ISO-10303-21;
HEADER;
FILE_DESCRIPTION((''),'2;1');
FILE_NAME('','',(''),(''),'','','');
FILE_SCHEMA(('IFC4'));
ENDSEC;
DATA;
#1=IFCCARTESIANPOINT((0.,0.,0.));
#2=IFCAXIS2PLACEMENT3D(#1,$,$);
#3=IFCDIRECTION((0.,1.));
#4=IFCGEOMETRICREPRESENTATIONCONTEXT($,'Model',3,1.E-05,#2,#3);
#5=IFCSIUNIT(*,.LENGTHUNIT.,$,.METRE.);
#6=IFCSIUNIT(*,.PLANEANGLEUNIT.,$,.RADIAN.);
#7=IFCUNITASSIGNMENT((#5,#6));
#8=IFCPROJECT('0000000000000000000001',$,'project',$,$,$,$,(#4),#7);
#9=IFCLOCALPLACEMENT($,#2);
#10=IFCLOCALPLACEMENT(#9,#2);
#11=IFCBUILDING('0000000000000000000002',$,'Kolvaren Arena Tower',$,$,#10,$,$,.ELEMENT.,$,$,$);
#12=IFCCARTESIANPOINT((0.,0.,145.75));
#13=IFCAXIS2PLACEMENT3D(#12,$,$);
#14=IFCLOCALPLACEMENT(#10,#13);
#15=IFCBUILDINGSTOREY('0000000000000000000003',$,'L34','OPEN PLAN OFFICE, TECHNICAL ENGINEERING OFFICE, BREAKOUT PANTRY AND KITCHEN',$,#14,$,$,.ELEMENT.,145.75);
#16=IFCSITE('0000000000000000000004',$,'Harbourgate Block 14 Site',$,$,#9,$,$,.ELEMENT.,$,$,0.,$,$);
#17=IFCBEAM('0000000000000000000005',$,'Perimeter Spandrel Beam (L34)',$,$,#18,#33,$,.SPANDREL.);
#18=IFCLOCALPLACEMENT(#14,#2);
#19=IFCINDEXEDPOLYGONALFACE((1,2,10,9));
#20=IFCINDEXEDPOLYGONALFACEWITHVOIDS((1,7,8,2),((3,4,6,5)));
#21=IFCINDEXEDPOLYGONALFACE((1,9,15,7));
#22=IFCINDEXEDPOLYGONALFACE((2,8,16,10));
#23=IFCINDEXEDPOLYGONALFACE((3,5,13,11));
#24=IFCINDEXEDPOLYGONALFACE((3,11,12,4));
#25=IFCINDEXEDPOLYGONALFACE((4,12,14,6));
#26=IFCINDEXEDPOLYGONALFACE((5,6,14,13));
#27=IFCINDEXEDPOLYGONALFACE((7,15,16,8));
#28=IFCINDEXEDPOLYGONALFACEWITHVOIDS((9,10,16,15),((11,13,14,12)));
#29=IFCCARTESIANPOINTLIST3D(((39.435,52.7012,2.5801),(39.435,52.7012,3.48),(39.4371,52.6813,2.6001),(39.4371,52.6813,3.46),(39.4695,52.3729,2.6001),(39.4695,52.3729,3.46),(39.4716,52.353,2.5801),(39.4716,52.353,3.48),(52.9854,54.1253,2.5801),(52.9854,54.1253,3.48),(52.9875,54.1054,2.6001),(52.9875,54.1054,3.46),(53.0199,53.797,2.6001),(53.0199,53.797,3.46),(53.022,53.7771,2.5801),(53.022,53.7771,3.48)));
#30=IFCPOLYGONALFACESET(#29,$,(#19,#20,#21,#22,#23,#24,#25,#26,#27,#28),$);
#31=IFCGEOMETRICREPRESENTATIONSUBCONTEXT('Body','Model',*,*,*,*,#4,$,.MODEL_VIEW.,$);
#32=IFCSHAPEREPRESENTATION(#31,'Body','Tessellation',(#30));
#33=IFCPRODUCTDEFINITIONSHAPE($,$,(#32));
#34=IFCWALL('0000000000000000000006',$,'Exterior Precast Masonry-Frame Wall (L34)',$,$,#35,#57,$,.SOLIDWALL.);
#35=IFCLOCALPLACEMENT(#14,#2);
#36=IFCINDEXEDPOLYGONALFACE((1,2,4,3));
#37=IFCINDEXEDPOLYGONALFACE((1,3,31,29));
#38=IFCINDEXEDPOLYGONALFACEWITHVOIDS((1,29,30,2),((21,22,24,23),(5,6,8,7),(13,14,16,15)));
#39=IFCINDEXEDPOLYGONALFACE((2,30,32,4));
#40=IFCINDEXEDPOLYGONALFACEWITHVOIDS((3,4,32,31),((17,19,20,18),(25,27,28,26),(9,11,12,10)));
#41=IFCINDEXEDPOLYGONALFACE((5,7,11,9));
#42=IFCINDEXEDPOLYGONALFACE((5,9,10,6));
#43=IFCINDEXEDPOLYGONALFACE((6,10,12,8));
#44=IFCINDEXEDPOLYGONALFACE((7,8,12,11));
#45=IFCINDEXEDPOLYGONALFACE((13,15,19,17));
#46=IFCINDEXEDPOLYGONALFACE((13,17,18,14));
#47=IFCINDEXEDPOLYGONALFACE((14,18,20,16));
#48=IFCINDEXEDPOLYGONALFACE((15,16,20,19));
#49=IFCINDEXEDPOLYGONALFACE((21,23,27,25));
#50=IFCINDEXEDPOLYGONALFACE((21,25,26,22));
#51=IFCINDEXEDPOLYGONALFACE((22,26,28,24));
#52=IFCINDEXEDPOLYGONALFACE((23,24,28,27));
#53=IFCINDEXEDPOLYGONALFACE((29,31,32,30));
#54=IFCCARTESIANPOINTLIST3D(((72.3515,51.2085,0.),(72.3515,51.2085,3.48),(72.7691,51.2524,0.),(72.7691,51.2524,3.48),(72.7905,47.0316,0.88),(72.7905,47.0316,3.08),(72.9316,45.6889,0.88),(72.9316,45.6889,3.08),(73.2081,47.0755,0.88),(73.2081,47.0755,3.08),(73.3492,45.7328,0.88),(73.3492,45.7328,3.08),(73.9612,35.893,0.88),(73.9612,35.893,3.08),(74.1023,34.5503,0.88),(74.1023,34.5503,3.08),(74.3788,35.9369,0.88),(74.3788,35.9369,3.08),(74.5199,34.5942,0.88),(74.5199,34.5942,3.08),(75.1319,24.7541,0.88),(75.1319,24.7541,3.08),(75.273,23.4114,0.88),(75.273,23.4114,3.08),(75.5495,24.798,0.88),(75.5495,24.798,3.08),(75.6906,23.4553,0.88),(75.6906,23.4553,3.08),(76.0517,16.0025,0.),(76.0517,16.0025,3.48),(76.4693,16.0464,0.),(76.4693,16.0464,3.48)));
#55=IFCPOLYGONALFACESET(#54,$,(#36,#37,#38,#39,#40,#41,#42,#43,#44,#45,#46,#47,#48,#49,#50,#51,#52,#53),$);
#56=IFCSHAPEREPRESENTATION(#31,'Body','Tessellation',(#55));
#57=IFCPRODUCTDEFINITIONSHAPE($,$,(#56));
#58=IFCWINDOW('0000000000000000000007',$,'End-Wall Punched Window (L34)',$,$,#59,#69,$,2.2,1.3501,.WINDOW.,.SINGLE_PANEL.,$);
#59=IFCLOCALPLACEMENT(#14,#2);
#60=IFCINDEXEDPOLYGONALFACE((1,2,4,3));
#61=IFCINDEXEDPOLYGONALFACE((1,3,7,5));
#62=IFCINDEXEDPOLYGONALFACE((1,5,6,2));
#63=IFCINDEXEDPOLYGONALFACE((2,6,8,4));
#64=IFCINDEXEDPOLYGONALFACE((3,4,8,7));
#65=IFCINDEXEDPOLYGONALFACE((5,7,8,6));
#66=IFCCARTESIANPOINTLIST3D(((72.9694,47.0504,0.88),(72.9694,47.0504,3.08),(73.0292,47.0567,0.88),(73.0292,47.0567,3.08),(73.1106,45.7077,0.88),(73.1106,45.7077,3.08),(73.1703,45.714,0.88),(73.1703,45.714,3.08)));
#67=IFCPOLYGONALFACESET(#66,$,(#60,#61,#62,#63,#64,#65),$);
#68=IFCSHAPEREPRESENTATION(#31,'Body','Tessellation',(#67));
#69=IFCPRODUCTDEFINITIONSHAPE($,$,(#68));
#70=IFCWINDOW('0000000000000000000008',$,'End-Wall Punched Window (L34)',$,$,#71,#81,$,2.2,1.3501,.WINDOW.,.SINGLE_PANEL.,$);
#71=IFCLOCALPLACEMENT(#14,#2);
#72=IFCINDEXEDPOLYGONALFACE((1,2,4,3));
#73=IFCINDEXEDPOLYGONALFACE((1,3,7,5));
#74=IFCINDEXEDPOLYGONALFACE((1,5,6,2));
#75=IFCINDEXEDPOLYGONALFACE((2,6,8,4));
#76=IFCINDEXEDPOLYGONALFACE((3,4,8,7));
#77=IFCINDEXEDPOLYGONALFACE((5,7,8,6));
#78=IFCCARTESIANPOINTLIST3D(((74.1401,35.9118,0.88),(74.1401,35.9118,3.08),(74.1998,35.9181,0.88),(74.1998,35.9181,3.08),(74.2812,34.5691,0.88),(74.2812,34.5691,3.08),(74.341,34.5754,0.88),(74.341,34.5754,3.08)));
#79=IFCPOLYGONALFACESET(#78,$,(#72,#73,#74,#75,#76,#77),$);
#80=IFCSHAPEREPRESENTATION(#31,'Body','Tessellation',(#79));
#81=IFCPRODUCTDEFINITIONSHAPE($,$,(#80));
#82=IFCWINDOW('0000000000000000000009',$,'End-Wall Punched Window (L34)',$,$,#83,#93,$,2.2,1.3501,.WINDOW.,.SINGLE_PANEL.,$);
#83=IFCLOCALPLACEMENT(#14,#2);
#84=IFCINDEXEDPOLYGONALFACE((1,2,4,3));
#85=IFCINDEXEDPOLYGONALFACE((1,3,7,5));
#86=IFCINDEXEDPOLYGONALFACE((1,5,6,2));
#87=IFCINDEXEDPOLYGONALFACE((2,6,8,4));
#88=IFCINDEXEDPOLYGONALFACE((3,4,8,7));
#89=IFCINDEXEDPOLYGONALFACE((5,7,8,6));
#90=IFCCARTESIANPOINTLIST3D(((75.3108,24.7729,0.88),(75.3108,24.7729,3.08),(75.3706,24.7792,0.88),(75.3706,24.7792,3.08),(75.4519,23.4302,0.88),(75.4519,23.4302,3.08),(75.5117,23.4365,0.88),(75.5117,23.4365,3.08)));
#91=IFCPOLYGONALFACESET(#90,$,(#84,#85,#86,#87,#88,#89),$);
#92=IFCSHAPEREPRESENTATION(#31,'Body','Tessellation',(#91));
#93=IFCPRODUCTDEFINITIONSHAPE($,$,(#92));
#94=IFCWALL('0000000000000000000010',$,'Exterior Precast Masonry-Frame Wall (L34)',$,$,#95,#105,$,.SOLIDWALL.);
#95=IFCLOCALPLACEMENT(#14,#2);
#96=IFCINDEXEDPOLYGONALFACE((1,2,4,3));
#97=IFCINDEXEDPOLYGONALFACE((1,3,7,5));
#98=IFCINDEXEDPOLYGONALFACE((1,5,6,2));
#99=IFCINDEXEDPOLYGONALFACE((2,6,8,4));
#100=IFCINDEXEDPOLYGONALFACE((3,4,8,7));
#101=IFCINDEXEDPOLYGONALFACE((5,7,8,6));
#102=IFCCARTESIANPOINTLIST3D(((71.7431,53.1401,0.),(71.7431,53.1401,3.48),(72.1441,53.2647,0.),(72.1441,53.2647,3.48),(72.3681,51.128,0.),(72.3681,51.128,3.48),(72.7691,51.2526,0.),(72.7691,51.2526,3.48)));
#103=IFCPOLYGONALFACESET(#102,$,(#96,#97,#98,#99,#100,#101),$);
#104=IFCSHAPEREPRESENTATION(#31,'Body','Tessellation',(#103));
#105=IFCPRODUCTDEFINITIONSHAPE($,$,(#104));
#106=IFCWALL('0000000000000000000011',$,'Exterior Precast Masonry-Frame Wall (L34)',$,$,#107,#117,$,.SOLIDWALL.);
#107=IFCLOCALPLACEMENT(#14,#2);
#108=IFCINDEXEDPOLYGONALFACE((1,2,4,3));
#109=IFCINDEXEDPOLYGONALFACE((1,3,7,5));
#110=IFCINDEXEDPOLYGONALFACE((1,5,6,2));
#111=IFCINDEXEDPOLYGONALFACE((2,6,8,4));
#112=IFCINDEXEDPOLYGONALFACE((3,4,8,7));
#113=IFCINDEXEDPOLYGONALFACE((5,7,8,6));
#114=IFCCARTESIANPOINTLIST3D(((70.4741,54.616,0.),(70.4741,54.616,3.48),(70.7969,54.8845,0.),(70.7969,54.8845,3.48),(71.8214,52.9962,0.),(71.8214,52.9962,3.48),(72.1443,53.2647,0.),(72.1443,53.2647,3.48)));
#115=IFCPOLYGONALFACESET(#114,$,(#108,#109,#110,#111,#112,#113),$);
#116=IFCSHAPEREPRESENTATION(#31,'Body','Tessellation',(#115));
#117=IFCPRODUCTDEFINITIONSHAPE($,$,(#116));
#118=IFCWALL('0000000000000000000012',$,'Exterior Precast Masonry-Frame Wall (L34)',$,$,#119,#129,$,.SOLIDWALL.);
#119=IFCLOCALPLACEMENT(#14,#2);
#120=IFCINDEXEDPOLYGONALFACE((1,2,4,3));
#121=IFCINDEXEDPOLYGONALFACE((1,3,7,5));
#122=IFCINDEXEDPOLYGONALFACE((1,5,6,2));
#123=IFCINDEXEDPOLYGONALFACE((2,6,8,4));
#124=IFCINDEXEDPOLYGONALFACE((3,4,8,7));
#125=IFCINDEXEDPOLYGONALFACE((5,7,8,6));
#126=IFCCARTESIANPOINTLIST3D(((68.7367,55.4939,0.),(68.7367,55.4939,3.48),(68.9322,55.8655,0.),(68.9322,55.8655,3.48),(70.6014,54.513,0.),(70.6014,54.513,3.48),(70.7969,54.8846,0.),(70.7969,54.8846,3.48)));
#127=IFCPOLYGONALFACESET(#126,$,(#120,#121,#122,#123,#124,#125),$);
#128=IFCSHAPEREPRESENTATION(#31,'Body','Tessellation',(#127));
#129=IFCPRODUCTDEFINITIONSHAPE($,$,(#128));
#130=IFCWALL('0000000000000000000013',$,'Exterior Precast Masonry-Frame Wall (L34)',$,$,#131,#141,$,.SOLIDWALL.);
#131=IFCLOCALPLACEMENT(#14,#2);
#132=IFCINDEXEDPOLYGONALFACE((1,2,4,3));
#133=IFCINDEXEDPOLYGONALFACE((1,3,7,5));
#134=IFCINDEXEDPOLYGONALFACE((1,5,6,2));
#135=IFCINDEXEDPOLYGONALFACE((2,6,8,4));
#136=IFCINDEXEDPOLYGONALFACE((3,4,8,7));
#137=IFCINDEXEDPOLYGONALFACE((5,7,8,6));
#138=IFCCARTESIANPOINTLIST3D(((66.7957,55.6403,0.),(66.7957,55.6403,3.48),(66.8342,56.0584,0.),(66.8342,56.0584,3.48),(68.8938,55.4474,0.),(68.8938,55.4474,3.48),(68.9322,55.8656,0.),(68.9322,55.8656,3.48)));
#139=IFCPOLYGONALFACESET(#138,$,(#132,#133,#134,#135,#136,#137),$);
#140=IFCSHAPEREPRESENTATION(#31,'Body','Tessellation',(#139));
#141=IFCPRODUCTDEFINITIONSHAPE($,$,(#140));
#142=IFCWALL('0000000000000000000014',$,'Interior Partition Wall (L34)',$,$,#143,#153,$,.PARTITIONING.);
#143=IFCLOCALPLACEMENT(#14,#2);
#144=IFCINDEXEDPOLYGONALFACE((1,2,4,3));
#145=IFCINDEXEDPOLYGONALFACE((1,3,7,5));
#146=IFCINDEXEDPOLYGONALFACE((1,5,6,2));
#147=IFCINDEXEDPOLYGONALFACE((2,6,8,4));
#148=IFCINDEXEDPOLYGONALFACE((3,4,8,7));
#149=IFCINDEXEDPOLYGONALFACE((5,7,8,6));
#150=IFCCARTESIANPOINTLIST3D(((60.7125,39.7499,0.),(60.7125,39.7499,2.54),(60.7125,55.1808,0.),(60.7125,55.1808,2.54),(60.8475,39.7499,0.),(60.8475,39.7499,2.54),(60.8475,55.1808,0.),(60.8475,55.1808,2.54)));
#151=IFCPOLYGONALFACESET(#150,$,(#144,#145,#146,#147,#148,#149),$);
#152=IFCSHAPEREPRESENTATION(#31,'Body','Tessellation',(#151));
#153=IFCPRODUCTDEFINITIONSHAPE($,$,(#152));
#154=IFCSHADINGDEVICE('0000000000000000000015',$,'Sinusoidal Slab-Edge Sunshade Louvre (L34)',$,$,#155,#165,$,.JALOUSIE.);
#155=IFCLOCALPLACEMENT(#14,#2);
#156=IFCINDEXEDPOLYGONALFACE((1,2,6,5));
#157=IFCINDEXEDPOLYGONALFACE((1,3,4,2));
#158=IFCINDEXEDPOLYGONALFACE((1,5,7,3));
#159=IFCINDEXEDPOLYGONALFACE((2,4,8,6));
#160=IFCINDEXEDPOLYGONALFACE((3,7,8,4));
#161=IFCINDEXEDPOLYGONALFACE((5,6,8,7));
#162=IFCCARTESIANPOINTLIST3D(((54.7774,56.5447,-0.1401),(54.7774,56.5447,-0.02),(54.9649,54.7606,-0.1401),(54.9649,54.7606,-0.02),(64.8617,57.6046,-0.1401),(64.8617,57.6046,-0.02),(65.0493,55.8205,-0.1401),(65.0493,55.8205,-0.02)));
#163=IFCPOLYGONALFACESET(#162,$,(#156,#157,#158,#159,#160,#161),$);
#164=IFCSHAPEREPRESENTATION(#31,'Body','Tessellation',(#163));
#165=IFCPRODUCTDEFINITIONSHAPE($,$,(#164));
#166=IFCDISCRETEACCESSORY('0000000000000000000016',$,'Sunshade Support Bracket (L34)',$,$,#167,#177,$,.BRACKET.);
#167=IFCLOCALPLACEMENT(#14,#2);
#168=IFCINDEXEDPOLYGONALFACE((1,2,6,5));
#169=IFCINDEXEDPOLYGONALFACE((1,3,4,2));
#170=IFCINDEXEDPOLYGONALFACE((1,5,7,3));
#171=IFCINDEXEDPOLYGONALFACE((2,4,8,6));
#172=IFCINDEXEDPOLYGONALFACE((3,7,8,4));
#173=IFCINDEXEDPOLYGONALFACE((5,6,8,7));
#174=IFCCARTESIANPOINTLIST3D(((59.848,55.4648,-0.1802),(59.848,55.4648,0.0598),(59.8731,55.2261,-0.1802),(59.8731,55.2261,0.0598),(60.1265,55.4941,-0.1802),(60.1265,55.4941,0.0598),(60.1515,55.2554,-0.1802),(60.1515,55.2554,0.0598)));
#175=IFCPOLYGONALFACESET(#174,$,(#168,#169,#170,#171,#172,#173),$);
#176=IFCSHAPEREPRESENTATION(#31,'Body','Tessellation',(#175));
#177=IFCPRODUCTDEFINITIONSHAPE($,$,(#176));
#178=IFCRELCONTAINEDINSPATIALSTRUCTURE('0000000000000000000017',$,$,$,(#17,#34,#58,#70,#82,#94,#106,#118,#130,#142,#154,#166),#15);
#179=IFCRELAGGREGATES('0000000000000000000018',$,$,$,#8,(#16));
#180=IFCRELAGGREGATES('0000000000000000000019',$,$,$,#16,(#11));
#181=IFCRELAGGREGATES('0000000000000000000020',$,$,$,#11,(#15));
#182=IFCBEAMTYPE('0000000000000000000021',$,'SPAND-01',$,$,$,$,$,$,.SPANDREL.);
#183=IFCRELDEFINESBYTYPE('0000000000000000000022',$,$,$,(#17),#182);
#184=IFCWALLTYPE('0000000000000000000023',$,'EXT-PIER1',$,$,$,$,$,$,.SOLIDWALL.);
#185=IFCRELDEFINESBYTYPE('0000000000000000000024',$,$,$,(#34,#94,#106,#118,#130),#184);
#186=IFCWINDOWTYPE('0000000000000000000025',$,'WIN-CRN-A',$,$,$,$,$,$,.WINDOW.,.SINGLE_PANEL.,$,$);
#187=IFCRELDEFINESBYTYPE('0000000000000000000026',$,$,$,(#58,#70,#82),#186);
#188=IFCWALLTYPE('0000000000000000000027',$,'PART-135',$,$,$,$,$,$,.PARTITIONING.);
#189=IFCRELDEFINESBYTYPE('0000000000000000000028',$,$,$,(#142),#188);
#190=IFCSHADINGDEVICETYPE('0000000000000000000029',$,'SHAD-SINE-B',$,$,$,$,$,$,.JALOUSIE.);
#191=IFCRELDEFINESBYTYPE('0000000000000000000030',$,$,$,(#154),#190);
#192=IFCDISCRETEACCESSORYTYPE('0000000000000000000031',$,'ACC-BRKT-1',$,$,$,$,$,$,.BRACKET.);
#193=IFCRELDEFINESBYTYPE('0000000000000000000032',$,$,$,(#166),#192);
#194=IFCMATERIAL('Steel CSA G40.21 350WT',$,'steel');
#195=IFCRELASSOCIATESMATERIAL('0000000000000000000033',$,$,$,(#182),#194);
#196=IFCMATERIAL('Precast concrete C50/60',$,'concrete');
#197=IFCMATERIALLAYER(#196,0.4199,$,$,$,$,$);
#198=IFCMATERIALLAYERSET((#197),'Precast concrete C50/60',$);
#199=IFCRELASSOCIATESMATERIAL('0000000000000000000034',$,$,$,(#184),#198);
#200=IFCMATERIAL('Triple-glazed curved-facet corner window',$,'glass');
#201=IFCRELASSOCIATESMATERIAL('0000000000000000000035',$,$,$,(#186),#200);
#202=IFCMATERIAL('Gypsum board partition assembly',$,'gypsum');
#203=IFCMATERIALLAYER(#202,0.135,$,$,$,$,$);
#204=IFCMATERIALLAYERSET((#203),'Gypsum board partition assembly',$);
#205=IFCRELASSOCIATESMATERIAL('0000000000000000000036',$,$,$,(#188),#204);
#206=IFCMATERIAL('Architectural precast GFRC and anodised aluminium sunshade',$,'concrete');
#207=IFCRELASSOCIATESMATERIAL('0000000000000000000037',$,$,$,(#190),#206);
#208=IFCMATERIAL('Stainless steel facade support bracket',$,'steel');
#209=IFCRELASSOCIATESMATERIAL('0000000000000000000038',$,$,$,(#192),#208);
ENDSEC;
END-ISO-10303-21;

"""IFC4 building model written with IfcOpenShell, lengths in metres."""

from ifc_helpers import new_model, si_unit, direction, frame, frame_2d, origin, origin_2d, place, context, subcontext, project, spatial, rectangle, hollow_rectangle, extrude, material, layer, layer_set, material_profile, profile_set, type_object, element, fill, save


model = new_model("IFC4")

# Units and contexts
model_context = context("Model", 3, precision=1e-05, world=origin(), true_north=direction((0.0, 1.0)))
body_context = subcontext(model_context, "Body", "Model", "MODEL_VIEW")
ifc_project = project(units=[si_unit("LENGTHUNIT", "METRE"), si_unit("PLANEANGLEUNIT", "RADIAN")], contexts=[model_context])

# Site, building, storey
site_placement = place(None, origin())
site = spatial("IfcSite", under=ifc_project, at=site_placement, Name="Harbourgate Block 14 Site", CompositionType="ELEMENT", RefElevation=0.0)
building_placement = place(site_placement, origin())
building = spatial("IfcBuilding", under=site, at=building_placement, Name="Kolvaren Arena Tower", CompositionType="ELEMENT")
storey_placement = place(building_placement, frame((0.0, 0.0, 145.75)))
storey = spatial("IfcBuildingStorey", under=building, at=storey_placement, Name="L34", Description="OPEN PLAN OFFICE, TECHNICAL ENGINEERING OFFICE, BREAKOUT PANTRY AND KITCHEN", CompositionType="ELEMENT", Elevation=145.75)

# Beam
ifc_material_1 = material(Name="Steel CSA G40.21 350WT", Category="steel")
ifc_material_profile_1 = material_profile(ifc_material_1, hollow_rectangle(XDim=0.3501, YDim=0.8999, WallThickness=0.02, at=origin_2d()), Name="HSS 900x350x20")
ifc_profile_set_1 = profile_set([ifc_material_profile_1], Name="Steel CSA G40.21 350WT")
beam_type_1 = type_object("IfcBeamType", Name="SPAND-01", PredefinedType="SPANDREL", material=ifc_profile_set_1)
beam_1_placement = place(storey_placement, frame((53.0037, 53.9512, 3.03), z_axis=(-0.994523, -0.10452, 0.0), x_axis=(0.10452, -0.994523, 0.0)))
element("IfcBeam", 1, at=beam_1_placement, inside=storey, type_object=beam_type_1, Name="Perimeter Spandrel Beam (L34)", PredefinedType="SPANDREL", context=body_context, shape_type="SweptSolid", body=[
    extrude(hollow_rectangle(XDim=0.3501, YDim=0.8999, WallThickness=0.02, at=origin_2d()), origin(), (0.0, 0.0, 1.0), 13.625),
])

# Wall, openings, windows
ifc_material_2 = material(Name="Precast concrete C50/60", Category="concrete")
ifc_layer_1 = layer(ifc_material_2, 0.4199)
ifc_layer_set_1 = layer_set([ifc_layer_1], Name="Precast concrete C50/60")
wall_type_1 = type_object("IfcWallType", Name="EXT-PIER1", PredefinedType="SOLIDWALL", material=ifc_layer_set_1)
wall_1_placement = place(storey_placement, frame((72.5603, 51.2305, 0.0), z_axis=(0.0, 0.0, 1.0), x_axis=(0.104525, -0.994522, 0.0)))
wall_1 = element("IfcWall", 2, at=wall_1_placement, inside=storey, type_object=wall_type_1, Name="Exterior Precast Masonry-Frame Wall (L34)", PredefinedType="SOLIDWALL", context=body_context, shape_type="SweptSolid", body=[
    extrude(rectangle(XDim=35.3999, YDim=0.4199, at=frame_2d((17.7, 0.0))), origin(), (0.0, 0.0, 1.0), 3.48),
])
opening_1_placement = place(wall_1_placement, frame((4.2, 0.0, 0.8799)))
opening_1 = element("IfcOpeningElement", 3, at=opening_1_placement, cuts=wall_1, PredefinedType="OPENING", context=body_context, shape_type="SweptSolid", body=[
    extrude(rectangle(XDim=1.3501, YDim=2.2, at=frame_2d((0.675, 1.1001))), frame((0.0, 0.22, 0.0), z_axis=(0.0, -1.0, 0.0), x_axis=(1.0, 0.0, 0.0)), (0.0, 0.0, 1.0), 0.4399),
])
opening_2_placement = place(wall_1_placement, frame((15.3999, 0.0, 0.8799)))
opening_2 = element("IfcOpeningElement", 4, at=opening_2_placement, cuts=wall_1, PredefinedType="OPENING", context=body_context, shape_type="SweptSolid", body=[
    extrude(rectangle(XDim=1.3501, YDim=2.2, at=frame_2d((0.675, 1.1001))), frame((0.0, 0.22, 0.0), z_axis=(0.0, -1.0, 0.0), x_axis=(1.0, 0.0, 0.0)), (0.0, 0.0, 1.0), 0.4399),
])
opening_3_placement = place(wall_1_placement, frame((26.6001, 0.0, 0.8799)))
opening_3 = element("IfcOpeningElement", 5, at=opening_3_placement, cuts=wall_1, PredefinedType="OPENING", context=body_context, shape_type="SweptSolid", body=[
    extrude(rectangle(XDim=1.3501, YDim=2.2, at=frame_2d((0.675, 1.1001))), frame((0.0, 0.22, 0.0), z_axis=(0.0, -1.0, 0.0), x_axis=(1.0, 0.0, 0.0)), (0.0, 0.0, 1.0), 0.4399),
])
ifc_material_3 = material(Name="Triple-glazed curved-facet corner window", Category="glass")
window_type = type_object("IfcWindowType", Name="WIN-CRN-A", PartitioningType="SINGLE_PANEL", PredefinedType="WINDOW", material=ifc_material_3)
window_1_placement = place(opening_1_placement, origin())
window_1 = element("IfcWindow", 6, at=window_1_placement, inside=storey, type_object=window_type, Name="End-Wall Punched Window (L34)", OverallHeight=2.2, OverallWidth=1.3501, PartitioningType="SINGLE_PANEL", PredefinedType="WINDOW", context=body_context, shape_type="SweptSolid", body=[
    extrude(rectangle(XDim=1.3501, YDim=2.2, at=frame_2d((0.675, 1.1001))), frame((0.0, 0.03, 0.0), z_axis=(0.0, -1.0, 0.0), x_axis=(1.0, 0.0, 0.0)), (0.0, 0.0, 1.0), 0.0601),
])
fill(opening_1, window_1)
window_2_placement = place(opening_2_placement, origin())
window_2 = element("IfcWindow", 7, at=window_2_placement, inside=storey, type_object=window_type, Name="End-Wall Punched Window (L34)", OverallHeight=2.2, OverallWidth=1.3501, PartitioningType="SINGLE_PANEL", PredefinedType="WINDOW", context=body_context, shape_type="SweptSolid", body=[
    extrude(rectangle(XDim=1.3501, YDim=2.2, at=frame_2d((0.675, 1.1001))), frame((0.0, 0.03, 0.0), z_axis=(0.0, -1.0, 0.0), x_axis=(1.0, 0.0, 0.0)), (0.0, 0.0, 1.0), 0.0601),
])
fill(opening_2, window_2)
window_3_placement = place(opening_3_placement, origin())
window_3 = element("IfcWindow", 8, at=window_3_placement, inside=storey, type_object=window_type, Name="End-Wall Punched Window (L34)", OverallHeight=2.2, OverallWidth=1.3501, PartitioningType="SINGLE_PANEL", PredefinedType="WINDOW", context=body_context, shape_type="SweptSolid", body=[
    extrude(rectangle(XDim=1.3501, YDim=2.2, at=frame_2d((0.675, 1.1001))), frame((0.0, 0.03, 0.0), z_axis=(0.0, -1.0, 0.0), x_axis=(1.0, 0.0, 0.0)), (0.0, 0.0, 1.0), 0.0601),
])
fill(opening_3, window_3)

# Walls
for number, where, z_axis, x_axis, name in (
    (9, (71.9436, 53.2024, 0.0), (0.0, 0.0, 1.0), (0.296625, -0.954994, 0.0), "Exterior Precast Masonry-Frame Wall (L34)"),
    (10, (70.6355, 54.7502, 0.0), (0.0, 0.0, 1.0), (0.639489, -0.7688, 0.0), "Exterior Precast Masonry-Frame Wall (L34)"),
    (11, (68.8345, 55.6797, 0.0), (0.0, 0.0, 1.0), (0.885014, -0.465565, 0.0), "Exterior Precast Masonry-Frame Wall (L34)"),
    (12, (66.8149, 55.8494, 0.0), (0.0, 0.0, 1.0), (0.995802, -0.091539, 0.0), "Exterior Precast Masonry-Frame Wall (L34)"),
):
    element("IfcWall", number, at=place(storey_placement, frame(where, z_axis=z_axis, x_axis=x_axis)), inside=storey, type_object=wall_type_1, Name=name, PredefinedType="SOLIDWALL", context=body_context, shape_type="SweptSolid", body=[
        extrude(rectangle(XDim=2.1069, YDim=0.4199, at=frame_2d((1.0535, 0.0))), origin(), (0.0, 0.0, 1.0), 3.48),
    ])
ifc_material_4 = material(Name="Gypsum board partition assembly", Category="gypsum")
ifc_layer_2 = layer(ifc_material_4, 0.135)
ifc_layer_set_2 = layer_set([ifc_layer_2], Name="Gypsum board partition assembly")
wall_type_2 = type_object("IfcWallType", Name="PART-135", PredefinedType="PARTITIONING", material=ifc_layer_set_2)
wall_2_placement = place(storey_placement, frame((60.78, 39.75, 0.0), z_axis=(0.0, 0.0, 1.0), x_axis=(0.0, 1.0, 0.0)))
element("IfcWall", 13, at=wall_2_placement, inside=storey, type_object=wall_type_2, Name="Interior Partition Wall (L34)", PredefinedType="PARTITIONING", context=body_context, shape_type="SweptSolid", body=[
    extrude(rectangle(XDim=15.4309, YDim=0.135, at=frame_2d((7.7153, 0.0))), origin(), (0.0, 0.0, 1.0), 2.54),
])

# Shading device
ifc_material_5 = material(Name="Architectural precast GFRC and anodised aluminium sunshade", Category="concrete")
shading_device_type = type_object("IfcShadingDeviceType", Name="SHAD-SINE-B", PredefinedType="JALOUSIE", material=ifc_material_5)
shading_device_placement = place(storey_placement, frame((59.9133, 56.1826, -0.1401), z_axis=(0.0, 0.0, 1.0), x_axis=(0.994522, 0.104527, 0.0)))
element("IfcShadingDevice", 14, at=shading_device_placement, inside=storey, type_object=shading_device_type, Name="Sinusoidal Slab-Edge Sunshade Louvre (L34)", PredefinedType="JALOUSIE", context=body_context, shape_type="SweptSolid", body=[
    extrude(rectangle(XDim=10.1399, YDim=1.7939, at=origin_2d()), origin(), (0.0, 0.0, 1.0), 0.1201),
])

# Discrete accessory
ifc_material_6 = material(Name="Stainless steel facade support bracket", Category="steel")
discrete_accessory_type = type_object("IfcDiscreteAccessoryType", Name="ACC-BRKT-1", PredefinedType="BRACKET", material=ifc_material_6)
discrete_accessory_placement = place(storey_placement, frame((59.9998, 55.3601, -0.1802), z_axis=(0.0, 0.0, 1.0), x_axis=(0.994522, 0.104527, 0.0)))
element("IfcDiscreteAccessory", 15, at=discrete_accessory_placement, inside=storey, type_object=discrete_accessory_type, Name="Sunshade Support Bracket (L34)", PredefinedType="BRACKET", context=body_context, shape_type="SweptSolid", body=[
    extrude(rectangle(XDim=0.28, YDim=0.24, at=origin_2d()), origin(), (0.0, 0.0, 1.0), 0.24),
])

save(model, "model.ifc")
